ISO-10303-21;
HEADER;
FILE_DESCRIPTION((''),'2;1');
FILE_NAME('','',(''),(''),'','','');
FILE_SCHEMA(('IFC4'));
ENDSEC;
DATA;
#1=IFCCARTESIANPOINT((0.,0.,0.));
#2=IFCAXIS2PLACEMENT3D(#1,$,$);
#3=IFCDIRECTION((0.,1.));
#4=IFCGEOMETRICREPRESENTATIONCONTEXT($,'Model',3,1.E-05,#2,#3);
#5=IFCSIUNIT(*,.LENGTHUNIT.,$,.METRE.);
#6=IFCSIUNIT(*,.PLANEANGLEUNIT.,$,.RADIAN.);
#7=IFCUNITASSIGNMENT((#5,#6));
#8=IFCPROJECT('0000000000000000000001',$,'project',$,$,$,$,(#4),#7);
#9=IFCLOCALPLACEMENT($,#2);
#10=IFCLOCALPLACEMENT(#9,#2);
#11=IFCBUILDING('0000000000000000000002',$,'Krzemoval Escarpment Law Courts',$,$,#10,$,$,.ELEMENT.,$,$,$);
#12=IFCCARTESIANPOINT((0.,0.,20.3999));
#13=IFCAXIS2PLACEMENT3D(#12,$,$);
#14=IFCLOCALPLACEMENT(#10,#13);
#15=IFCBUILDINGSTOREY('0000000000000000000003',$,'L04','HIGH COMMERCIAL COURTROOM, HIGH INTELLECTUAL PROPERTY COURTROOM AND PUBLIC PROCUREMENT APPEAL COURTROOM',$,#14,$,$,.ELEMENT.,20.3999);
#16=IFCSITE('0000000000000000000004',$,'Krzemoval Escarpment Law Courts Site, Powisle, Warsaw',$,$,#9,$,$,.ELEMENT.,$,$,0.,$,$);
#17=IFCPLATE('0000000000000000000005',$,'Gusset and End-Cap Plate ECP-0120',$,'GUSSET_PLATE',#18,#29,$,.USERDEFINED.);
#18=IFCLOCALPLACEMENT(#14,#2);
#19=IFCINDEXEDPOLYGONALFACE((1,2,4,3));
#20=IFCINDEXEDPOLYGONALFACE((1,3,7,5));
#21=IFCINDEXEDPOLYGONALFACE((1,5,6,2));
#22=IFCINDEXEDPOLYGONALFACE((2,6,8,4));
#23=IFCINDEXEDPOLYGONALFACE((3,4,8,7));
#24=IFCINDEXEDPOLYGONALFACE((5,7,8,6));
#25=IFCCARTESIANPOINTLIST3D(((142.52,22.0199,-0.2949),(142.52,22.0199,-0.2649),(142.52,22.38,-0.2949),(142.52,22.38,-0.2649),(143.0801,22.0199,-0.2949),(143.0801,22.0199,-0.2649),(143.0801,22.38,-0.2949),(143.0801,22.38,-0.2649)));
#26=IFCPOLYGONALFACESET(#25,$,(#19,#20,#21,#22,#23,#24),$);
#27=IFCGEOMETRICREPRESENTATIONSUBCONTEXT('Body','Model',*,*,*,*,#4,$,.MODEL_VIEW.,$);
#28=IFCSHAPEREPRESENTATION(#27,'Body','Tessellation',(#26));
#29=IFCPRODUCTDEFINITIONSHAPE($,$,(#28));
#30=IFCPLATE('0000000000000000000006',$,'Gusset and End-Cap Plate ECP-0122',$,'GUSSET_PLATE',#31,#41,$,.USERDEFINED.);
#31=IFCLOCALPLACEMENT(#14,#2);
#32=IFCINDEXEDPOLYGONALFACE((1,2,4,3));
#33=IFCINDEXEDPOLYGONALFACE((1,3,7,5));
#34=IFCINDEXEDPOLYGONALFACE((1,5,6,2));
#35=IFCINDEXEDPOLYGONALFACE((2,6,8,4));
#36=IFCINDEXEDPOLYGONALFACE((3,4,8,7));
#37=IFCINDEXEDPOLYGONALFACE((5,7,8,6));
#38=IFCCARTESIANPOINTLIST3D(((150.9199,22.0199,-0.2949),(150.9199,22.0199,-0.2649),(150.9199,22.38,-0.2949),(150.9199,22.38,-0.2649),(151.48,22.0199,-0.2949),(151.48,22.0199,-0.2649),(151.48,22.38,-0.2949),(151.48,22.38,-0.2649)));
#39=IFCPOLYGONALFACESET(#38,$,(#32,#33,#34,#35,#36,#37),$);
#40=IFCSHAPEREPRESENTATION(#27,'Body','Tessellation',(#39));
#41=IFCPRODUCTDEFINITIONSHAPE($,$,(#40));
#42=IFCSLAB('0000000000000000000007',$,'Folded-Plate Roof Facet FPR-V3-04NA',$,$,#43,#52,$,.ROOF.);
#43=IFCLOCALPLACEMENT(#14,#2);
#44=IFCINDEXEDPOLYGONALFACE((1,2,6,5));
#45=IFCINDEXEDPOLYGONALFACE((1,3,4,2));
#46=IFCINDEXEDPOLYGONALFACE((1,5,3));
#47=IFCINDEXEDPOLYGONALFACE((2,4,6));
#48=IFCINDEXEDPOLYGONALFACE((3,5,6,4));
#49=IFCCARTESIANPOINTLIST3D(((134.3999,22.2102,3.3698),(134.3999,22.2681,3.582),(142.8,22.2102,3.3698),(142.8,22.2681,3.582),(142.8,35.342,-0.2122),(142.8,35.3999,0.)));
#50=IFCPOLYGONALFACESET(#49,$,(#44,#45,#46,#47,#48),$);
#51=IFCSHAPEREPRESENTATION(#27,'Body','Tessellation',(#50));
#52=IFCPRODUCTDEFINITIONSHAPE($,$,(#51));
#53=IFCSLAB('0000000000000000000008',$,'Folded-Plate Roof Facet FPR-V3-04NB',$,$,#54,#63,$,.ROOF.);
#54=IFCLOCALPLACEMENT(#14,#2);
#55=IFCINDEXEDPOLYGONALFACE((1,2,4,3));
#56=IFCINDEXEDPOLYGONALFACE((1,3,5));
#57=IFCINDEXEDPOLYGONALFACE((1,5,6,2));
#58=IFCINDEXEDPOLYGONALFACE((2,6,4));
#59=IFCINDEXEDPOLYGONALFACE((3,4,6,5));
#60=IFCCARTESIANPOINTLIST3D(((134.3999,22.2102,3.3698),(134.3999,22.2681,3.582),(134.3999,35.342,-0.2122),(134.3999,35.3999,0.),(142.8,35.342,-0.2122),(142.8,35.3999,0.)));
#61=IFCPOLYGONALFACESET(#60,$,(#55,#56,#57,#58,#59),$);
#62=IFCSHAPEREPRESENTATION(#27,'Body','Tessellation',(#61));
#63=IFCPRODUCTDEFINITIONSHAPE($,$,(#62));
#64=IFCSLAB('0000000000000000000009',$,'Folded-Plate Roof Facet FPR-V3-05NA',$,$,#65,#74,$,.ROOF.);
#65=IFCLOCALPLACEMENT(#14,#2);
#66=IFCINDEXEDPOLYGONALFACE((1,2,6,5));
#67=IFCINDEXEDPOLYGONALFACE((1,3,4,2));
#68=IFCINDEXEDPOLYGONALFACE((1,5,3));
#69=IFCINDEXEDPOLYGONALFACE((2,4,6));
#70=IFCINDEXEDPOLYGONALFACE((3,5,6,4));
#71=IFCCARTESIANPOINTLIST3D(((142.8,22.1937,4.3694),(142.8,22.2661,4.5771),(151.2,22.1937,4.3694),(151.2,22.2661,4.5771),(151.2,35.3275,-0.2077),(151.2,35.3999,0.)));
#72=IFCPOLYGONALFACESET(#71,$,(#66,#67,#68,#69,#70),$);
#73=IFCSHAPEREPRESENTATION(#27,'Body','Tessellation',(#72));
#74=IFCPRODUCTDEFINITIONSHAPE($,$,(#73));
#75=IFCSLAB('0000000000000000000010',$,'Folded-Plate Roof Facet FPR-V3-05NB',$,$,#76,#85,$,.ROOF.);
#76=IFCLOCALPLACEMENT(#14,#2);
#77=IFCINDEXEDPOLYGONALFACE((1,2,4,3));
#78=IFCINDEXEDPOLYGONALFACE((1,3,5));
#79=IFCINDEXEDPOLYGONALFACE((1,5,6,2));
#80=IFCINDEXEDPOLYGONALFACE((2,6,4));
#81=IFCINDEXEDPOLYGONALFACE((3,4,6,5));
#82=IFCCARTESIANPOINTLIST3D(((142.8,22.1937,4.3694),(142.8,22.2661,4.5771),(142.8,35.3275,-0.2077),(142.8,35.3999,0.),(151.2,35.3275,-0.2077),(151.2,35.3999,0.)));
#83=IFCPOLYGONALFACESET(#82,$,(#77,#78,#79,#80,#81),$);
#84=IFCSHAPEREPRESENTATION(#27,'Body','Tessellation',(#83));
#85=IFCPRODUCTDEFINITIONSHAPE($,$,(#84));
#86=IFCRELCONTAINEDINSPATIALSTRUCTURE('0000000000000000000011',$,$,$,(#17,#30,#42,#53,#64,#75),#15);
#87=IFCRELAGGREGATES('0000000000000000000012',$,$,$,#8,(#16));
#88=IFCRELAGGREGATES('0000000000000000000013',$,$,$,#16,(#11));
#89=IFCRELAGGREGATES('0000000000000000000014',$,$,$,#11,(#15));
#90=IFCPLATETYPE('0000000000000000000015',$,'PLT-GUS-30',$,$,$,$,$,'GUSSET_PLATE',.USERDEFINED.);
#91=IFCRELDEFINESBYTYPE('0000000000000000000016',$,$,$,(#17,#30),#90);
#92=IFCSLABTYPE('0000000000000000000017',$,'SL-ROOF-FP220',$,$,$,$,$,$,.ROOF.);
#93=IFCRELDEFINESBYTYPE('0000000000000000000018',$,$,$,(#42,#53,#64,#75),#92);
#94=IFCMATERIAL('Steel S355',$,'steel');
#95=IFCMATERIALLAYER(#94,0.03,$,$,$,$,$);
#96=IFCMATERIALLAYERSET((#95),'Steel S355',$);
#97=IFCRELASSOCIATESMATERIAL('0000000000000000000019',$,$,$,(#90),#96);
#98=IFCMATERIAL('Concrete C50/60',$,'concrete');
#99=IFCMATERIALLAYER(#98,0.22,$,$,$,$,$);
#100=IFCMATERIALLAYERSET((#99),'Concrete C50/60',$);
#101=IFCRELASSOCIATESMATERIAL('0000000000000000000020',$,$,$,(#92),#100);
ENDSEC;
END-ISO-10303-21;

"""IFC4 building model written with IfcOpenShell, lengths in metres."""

from ifc_helpers import new_model, si_unit, direction, frame, origin, origin_2d, place, context, subcontext, project, spatial, polyline, rectangle, outline, extrude, material, layer, layer_set, type_object, element, save


model = new_model("IFC4")

# Units and contexts
model_context = context("Model", 3, precision=1e-05, world=origin(), true_north=direction((0.0, 1.0)))
body_context = subcontext(model_context, "Body", "Model", "MODEL_VIEW")
ifc_project = project(units=[si_unit("LENGTHUNIT", "METRE"), si_unit("PLANEANGLEUNIT", "RADIAN")], contexts=[model_context])

# Site, building, storey
site_placement = place(None, origin())
site = spatial("IfcSite", under=ifc_project, at=site_placement, Name="Krzemoval Escarpment Law Courts Site, Powisle, Warsaw", CompositionType="ELEMENT", RefElevation=0.0)
building_placement = place(site_placement, origin())
building = spatial("IfcBuilding", under=site, at=building_placement, Name="Krzemoval Escarpment Law Courts", CompositionType="ELEMENT")
storey_placement = place(building_placement, frame((0.0, 0.0, 20.3999)))
storey = spatial("IfcBuildingStorey", under=building, at=storey_placement, Name="L04", Description="HIGH COMMERCIAL COURTROOM, HIGH INTELLECTUAL PROPERTY COURTROOM AND PUBLIC PROCUREMENT APPEAL COURTROOM", CompositionType="ELEMENT", Elevation=20.3999)

# Plates
ifc_material_1 = material(Name="Steel S355", Category="steel")
ifc_layer_1 = layer(ifc_material_1, 0.03)
ifc_layer_set_1 = layer_set([ifc_layer_1], Name="Steel S355")
plate_type_1 = type_object("IfcPlateType", Name="PLT-GUS-30", ElementType="GUSSET_PLATE", PredefinedType="USERDEFINED", material=ifc_layer_set_1)
for number, where, z_axis, x_axis, name in (
    (1, (142.8, 22.2, -0.2949), (0.0, 0.0, 1.0), (1.0, 0.0, 0.0), "Gusset and End-Cap Plate ECP-0120"),
    (2, (151.2, 22.2, -0.2949), (0.0, 0.0, 1.0), (1.0, 0.0, 0.0), "Gusset and End-Cap Plate ECP-0122"),
):
    element("IfcPlate", number, at=place(storey_placement, frame(where, z_axis=z_axis, x_axis=x_axis)), inside=storey, type_object=plate_type_1, Name=name, ObjectType="GUSSET_PLATE", PredefinedType="USERDEFINED", context=body_context, shape_type="SweptSolid", body=[
        extrude(rectangle(XDim=0.5601, YDim=0.3601, at=origin_2d()), origin(), (0.0, 0.0, 1.0), 0.03),
    ])

# Slabs
ifc_material_2 = material(Name="Concrete C50/60", Category="concrete")
ifc_layer_2 = layer(ifc_material_2, 0.22)
ifc_layer_set_2 = layer_set([ifc_layer_2], Name="Concrete C50/60")
slab_type = type_object("IfcSlabType", Name="SL-ROOF-FP220", PredefinedType="ROOF", material=ifc_layer_set_2)
slab_1_placement = place(storey_placement, frame((134.3999, 22.2681, 3.582), z_axis=(0.0, 0.26316, 0.964752), x_axis=(1.0, 0.0, 0.0)))
element("IfcSlab", 3, at=slab_1_placement, inside=storey, type_object=slab_type, Name="Folded-Plate Roof Facet FPR-V3-04NA", PredefinedType="ROOF", context=body_context, shape_type="SweptSolid", body=[
    extrude(outline(polyline([(0.0, 0.0), (8.4001, 0.0), (8.4001, 13.6116), (0.0, 0.0)])), origin(), (0.0, 0.0, -1.0), 0.22),
])
slab_2_placement = place(storey_placement, frame((134.3999, 22.2681, 3.582), z_axis=(0.0, 0.26316, 0.964752), x_axis=(0.525175, 0.820999, -0.223948)))
element("IfcSlab", 4, at=slab_2_placement, inside=storey, type_object=slab_type, Name="Folded-Plate Roof Facet FPR-V3-04NB", PredefinedType="ROOF", context=body_context, shape_type="SweptSolid", body=[
    extrude(outline(polyline([(0.0, 0.0), (15.995, 0.0), (11.5834, 7.1485), (0.0, 0.0)])), origin(), (0.0, 0.0, -1.0), 0.22),
])
slab_3_placement = place(storey_placement, frame((142.8, 22.2661, 4.5771), z_axis=(0.0, 0.32909, 0.944299), x_axis=(1.0, 0.0, 0.0)))
element("IfcSlab", 5, at=slab_3_placement, inside=storey, type_object=slab_type, Name="Folded-Plate Roof Facet FPR-V3-05NA", PredefinedType="ROOF", context=body_context, shape_type="SweptSolid", body=[
    extrude(outline(polyline([(0.0, 0.0), (8.3999, 0.0), (8.3999, 13.9085), (0.0, 0.0)])), origin(), (0.0, 0.0, -1.0), 0.22),
])
slab_4_placement = place(storey_placement, frame((142.8, 22.2661, 4.5771), z_axis=(0.0, 0.32909, 0.944299), x_axis=(0.516973, 0.808321, -0.281701)))
element("IfcSlab", 6, at=slab_4_placement, inside=storey, type_object=slab_type, Name="Folded-Plate Roof Facet FPR-V3-05NB", PredefinedType="ROOF", context=body_context, shape_type="SweptSolid", body=[
    extrude(outline(polyline([(0.0, 0.0), (16.2482, 0.0), (11.9057, 7.1903), (0.0, 0.0)])), origin(), (0.0, 0.0, -1.0), 0.22),
])

save(model, "model.ifc")
